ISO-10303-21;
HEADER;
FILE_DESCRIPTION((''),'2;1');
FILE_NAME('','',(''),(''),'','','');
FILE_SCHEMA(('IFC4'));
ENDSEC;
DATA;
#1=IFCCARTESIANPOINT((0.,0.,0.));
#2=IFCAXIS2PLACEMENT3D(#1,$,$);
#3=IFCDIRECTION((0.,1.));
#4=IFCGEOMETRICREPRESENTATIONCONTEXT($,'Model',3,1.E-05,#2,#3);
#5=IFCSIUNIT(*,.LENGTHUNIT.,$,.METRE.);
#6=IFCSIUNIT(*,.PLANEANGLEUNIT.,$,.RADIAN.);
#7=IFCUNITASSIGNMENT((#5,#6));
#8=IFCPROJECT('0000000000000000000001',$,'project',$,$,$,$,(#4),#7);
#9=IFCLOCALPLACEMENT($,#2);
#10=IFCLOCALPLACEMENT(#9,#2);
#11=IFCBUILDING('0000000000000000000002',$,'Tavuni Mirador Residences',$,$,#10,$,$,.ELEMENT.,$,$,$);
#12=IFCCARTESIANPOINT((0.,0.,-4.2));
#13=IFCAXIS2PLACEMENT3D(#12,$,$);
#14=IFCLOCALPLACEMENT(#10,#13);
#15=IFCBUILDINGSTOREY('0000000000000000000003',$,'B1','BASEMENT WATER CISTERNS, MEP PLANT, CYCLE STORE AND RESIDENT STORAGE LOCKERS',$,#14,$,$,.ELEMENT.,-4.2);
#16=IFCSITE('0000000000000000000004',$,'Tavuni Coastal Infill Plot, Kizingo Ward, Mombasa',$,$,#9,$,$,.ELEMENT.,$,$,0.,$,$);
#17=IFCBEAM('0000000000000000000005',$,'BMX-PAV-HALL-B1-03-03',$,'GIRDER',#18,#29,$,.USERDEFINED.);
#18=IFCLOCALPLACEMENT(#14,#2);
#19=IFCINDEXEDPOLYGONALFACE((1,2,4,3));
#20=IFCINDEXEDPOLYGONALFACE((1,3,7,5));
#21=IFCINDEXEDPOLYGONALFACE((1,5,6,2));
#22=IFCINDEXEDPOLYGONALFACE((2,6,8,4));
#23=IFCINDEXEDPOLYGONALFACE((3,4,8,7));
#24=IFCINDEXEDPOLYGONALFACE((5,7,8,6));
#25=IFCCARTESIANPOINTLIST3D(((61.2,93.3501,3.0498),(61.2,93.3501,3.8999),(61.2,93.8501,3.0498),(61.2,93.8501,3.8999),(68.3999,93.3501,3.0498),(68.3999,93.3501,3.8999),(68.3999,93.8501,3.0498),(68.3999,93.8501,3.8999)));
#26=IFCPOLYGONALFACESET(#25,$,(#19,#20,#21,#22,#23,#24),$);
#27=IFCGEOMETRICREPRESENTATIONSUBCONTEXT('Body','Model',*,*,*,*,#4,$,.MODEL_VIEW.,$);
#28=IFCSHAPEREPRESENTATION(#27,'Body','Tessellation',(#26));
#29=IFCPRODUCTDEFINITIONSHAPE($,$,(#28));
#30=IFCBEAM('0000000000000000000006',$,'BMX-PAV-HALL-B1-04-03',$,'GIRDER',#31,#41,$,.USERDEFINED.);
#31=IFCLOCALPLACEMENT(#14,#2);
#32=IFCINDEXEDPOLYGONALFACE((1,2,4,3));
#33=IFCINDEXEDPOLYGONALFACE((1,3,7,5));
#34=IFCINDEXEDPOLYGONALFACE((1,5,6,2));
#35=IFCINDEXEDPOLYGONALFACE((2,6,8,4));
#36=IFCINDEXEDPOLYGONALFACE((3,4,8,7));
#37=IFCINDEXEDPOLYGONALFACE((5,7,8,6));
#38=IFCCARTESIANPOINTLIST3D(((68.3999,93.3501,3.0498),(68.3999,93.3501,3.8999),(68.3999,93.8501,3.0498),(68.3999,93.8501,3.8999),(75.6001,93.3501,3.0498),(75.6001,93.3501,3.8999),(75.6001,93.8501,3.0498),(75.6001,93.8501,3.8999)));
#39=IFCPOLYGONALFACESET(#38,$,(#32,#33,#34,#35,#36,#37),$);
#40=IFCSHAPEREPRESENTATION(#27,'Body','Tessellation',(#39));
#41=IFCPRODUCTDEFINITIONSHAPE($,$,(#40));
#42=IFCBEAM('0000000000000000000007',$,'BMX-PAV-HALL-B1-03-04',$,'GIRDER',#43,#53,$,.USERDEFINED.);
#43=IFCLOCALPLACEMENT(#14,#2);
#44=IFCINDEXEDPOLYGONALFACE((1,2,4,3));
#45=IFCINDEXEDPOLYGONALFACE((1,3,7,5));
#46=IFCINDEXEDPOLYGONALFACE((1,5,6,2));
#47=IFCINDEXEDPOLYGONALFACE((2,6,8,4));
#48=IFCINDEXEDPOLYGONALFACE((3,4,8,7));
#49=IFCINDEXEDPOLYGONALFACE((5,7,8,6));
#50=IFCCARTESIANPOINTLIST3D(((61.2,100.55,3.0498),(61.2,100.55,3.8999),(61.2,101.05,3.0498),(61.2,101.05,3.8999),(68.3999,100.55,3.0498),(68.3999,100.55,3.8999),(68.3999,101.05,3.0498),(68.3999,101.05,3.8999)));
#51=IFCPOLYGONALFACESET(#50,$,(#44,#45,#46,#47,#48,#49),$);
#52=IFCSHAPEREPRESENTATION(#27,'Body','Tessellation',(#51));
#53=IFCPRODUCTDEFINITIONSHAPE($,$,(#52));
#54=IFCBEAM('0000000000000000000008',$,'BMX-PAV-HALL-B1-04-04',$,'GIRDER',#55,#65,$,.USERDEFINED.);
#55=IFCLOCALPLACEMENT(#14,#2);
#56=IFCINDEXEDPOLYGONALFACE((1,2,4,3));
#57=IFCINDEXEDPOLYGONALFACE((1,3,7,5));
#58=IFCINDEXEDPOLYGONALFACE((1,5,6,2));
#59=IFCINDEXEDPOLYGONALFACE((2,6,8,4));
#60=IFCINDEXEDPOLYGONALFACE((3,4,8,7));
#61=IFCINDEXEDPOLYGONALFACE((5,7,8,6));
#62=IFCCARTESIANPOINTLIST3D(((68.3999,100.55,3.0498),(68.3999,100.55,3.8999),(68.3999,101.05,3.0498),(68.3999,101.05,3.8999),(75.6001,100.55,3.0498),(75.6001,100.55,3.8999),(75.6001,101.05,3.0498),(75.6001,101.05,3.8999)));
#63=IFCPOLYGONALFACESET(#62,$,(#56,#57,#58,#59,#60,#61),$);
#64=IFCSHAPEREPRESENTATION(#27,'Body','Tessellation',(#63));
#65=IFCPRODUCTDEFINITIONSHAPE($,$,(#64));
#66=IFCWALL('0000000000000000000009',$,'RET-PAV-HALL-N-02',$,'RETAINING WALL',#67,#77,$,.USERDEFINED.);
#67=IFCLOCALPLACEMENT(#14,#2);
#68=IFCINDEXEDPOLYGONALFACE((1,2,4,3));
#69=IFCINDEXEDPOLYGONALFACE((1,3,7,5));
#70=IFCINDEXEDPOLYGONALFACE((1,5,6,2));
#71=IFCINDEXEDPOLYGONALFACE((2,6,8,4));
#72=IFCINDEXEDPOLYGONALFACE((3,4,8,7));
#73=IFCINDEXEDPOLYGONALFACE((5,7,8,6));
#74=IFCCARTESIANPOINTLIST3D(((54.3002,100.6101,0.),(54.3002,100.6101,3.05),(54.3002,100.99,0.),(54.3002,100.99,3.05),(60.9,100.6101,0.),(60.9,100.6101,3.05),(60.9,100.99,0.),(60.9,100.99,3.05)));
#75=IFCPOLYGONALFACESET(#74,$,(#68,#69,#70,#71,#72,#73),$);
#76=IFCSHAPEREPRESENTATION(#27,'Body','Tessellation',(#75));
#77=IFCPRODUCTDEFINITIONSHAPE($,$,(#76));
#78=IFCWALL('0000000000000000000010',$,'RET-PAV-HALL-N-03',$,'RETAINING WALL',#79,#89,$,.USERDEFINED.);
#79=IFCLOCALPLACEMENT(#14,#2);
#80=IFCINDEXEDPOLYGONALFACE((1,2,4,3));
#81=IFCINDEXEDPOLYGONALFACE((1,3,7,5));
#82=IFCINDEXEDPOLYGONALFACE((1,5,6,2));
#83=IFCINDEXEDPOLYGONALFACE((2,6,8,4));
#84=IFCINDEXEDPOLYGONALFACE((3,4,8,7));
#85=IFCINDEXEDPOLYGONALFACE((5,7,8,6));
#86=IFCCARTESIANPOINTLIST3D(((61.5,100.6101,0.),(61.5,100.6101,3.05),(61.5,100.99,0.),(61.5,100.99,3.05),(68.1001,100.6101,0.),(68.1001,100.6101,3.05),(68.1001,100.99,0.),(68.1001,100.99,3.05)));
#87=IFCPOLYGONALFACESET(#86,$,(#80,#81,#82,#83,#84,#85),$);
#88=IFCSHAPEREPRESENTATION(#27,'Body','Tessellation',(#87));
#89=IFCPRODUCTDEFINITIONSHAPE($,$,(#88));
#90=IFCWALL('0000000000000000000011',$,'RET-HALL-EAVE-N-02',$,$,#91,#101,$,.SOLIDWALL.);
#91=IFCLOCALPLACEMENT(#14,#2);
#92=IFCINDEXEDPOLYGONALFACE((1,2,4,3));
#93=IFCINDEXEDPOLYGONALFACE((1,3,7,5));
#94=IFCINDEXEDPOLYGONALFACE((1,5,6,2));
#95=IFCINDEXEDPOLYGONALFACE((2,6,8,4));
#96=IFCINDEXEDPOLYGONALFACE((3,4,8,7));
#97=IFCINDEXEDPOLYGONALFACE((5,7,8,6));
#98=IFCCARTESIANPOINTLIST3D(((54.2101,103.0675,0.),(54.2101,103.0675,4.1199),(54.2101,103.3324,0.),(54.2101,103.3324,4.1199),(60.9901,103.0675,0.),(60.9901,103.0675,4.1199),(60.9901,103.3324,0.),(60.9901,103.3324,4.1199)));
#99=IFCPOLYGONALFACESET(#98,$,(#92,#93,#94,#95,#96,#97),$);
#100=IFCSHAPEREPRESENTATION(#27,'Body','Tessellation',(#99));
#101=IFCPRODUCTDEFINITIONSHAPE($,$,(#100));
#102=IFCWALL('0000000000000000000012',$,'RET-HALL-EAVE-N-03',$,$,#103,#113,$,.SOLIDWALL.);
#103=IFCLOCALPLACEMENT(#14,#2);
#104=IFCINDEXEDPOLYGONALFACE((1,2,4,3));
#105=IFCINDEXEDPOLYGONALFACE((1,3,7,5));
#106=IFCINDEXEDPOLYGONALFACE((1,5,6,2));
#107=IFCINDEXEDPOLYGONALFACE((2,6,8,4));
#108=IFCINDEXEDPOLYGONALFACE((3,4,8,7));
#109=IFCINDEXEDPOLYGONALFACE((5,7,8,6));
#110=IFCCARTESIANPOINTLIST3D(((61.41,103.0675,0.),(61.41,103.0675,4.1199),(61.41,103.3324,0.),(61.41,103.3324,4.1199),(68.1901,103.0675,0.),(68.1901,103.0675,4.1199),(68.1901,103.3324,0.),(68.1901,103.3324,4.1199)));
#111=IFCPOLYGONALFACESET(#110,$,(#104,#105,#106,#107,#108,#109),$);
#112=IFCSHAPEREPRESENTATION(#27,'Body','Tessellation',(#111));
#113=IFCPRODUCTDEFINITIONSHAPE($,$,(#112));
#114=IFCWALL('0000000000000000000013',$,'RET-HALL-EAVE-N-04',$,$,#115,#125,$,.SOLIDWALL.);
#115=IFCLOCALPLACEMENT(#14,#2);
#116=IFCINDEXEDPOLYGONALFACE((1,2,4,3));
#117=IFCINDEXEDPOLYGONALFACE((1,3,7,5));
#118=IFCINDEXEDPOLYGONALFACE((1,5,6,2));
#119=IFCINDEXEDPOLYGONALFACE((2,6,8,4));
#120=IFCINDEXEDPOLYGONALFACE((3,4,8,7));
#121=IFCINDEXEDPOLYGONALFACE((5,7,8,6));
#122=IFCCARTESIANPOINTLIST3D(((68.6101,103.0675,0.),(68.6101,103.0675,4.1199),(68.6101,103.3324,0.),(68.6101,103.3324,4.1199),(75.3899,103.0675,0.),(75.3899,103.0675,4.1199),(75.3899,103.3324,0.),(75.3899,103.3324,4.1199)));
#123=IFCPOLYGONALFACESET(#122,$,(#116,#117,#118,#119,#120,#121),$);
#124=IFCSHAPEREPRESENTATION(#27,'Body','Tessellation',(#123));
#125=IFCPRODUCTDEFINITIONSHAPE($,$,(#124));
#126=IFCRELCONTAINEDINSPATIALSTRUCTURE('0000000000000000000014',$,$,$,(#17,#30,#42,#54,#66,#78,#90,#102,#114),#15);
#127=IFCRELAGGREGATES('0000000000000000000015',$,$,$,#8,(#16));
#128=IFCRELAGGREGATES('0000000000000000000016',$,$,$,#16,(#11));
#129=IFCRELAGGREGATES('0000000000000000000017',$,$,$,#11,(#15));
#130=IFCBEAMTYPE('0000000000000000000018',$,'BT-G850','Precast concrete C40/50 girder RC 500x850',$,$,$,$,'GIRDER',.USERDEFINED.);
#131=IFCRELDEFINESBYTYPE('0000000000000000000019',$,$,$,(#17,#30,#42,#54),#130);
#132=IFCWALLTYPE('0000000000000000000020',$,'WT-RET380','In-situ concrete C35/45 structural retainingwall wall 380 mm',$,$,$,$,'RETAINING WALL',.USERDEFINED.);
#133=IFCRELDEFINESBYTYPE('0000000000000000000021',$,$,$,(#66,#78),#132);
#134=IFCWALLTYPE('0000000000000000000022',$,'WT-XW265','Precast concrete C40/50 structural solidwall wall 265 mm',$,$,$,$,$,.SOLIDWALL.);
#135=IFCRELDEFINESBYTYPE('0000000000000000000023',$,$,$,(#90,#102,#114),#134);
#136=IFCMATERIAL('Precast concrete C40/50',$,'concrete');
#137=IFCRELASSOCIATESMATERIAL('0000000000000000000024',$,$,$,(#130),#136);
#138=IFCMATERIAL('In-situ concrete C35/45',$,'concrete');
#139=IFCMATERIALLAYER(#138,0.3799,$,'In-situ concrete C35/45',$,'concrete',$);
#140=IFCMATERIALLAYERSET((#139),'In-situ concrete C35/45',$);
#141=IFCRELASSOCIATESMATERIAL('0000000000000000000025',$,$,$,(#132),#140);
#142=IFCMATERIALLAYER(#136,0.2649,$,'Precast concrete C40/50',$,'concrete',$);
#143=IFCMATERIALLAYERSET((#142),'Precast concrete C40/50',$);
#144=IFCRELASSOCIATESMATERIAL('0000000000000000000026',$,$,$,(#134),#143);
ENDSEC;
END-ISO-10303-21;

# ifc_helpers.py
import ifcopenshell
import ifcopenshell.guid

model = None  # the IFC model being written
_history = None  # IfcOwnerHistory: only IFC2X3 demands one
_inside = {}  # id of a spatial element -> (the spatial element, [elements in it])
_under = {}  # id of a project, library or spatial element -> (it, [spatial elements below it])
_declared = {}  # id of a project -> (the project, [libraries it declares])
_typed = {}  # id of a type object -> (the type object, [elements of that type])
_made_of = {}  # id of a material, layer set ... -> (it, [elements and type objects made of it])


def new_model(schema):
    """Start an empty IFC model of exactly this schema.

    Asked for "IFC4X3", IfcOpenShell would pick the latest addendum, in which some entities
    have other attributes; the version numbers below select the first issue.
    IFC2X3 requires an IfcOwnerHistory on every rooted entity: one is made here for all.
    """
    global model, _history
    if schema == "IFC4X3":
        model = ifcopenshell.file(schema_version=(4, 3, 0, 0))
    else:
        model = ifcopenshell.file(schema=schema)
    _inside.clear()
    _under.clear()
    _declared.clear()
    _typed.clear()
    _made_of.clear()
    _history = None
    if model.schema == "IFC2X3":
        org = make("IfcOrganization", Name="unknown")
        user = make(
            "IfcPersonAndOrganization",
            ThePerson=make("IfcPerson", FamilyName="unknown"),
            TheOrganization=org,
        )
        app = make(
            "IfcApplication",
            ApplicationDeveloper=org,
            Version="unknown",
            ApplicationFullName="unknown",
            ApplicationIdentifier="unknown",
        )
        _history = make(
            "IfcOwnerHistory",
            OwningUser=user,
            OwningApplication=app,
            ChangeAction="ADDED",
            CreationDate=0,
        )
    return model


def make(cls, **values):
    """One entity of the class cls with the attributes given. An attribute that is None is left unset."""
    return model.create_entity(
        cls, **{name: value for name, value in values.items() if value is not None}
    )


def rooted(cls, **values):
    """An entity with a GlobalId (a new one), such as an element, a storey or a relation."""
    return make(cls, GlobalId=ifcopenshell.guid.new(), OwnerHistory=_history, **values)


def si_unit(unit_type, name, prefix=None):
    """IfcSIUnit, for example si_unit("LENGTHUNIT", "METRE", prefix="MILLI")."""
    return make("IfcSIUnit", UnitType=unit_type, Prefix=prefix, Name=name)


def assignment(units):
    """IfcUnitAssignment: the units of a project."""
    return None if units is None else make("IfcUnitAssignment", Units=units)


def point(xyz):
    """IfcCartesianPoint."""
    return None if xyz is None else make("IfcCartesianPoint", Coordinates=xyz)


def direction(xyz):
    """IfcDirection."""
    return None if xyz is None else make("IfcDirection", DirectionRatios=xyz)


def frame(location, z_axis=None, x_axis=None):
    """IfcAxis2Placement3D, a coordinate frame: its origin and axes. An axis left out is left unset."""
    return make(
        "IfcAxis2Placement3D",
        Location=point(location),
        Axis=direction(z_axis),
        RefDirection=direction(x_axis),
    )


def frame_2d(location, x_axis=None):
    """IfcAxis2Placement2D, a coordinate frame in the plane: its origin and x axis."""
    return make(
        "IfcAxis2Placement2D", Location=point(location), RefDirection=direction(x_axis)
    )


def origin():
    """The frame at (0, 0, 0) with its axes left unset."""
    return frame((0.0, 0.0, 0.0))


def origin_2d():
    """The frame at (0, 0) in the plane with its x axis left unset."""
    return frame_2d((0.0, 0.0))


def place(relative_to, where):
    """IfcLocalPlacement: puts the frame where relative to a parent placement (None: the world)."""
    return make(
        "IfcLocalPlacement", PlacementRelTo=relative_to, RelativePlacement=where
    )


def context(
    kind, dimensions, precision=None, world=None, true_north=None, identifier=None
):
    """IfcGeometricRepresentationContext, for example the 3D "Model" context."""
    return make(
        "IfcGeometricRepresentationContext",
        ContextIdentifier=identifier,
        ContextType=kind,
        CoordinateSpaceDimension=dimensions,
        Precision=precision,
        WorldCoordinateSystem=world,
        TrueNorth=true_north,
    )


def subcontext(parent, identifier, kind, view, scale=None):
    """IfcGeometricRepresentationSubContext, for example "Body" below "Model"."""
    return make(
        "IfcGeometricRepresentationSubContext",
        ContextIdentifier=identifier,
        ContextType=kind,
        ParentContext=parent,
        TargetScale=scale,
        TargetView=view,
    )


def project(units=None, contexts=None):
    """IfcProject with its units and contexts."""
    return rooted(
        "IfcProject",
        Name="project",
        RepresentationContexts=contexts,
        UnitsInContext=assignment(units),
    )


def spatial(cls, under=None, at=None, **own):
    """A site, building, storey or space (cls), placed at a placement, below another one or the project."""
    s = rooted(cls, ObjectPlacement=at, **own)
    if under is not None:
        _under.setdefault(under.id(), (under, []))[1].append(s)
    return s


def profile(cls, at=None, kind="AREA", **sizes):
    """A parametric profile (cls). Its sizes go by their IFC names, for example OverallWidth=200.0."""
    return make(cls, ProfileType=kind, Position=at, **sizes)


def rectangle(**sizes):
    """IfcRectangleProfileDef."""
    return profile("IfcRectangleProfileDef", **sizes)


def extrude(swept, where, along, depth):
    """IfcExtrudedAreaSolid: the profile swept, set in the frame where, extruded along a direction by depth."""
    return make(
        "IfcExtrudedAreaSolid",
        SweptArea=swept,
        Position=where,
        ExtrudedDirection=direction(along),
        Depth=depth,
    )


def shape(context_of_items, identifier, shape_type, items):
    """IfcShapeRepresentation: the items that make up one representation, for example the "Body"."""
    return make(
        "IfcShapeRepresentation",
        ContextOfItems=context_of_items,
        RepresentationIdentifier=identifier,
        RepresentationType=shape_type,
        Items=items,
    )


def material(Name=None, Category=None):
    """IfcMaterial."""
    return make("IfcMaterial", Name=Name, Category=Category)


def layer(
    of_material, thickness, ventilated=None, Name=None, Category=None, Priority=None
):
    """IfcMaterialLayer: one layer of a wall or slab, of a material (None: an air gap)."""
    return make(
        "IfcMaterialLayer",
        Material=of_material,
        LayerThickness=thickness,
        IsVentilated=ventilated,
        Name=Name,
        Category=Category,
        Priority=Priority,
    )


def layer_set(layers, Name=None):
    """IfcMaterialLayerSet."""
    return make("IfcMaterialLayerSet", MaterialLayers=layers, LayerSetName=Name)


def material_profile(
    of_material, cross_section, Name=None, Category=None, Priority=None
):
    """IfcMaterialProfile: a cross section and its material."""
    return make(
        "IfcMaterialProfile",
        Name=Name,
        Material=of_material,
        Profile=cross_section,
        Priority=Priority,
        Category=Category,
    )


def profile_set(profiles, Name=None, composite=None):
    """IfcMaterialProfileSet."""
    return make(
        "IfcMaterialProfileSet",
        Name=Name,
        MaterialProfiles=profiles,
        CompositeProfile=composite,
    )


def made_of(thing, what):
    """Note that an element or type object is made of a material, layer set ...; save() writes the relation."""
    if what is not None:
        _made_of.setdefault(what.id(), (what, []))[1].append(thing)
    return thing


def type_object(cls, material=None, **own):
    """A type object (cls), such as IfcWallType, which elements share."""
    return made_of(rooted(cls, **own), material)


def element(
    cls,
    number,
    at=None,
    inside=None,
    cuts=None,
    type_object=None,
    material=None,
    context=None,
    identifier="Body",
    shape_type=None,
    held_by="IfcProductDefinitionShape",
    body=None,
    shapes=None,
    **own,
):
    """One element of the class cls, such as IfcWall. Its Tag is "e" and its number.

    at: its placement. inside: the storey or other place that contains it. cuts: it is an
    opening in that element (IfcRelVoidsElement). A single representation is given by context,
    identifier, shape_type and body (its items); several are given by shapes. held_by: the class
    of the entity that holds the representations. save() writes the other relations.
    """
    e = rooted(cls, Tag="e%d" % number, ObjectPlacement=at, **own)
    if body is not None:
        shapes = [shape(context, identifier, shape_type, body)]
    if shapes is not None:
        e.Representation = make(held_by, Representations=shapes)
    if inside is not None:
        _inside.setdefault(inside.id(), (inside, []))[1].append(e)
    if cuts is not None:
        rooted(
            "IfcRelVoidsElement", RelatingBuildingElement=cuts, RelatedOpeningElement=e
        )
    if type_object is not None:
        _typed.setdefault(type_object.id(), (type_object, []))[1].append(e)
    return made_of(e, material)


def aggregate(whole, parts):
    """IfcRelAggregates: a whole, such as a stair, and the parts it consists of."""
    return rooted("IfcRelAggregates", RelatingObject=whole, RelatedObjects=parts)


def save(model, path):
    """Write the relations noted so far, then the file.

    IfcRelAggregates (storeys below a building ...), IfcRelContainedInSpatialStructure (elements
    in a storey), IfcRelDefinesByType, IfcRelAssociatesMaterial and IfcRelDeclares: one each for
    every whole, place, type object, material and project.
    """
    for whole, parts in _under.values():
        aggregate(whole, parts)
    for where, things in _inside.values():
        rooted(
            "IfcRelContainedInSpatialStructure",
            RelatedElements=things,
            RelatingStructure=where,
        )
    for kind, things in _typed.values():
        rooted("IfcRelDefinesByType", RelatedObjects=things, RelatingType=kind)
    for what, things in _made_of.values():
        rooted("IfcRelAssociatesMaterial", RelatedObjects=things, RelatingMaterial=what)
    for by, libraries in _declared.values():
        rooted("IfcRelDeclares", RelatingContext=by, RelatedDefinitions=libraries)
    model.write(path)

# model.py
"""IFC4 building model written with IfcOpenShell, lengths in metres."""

from ifc_helpers import new_model, si_unit, direction, frame, frame_2d, origin, origin_2d, place, context, subcontext, project, spatial, rectangle, extrude, material, layer, layer_set, material_profile, profile_set, type_object, element, save


model = new_model("IFC4")

# Units and contexts
model_context = context("Model", 3, precision=1e-05, world=origin(), true_north=direction((0.0, 1.0)))
body_context = subcontext(model_context, "Body", "Model", "MODEL_VIEW")
ifc_project = project(units=[si_unit("LENGTHUNIT", "METRE"), si_unit("PLANEANGLEUNIT", "RADIAN")], contexts=[model_context])

# Site, building, storey
site_placement = place(None, origin())
site = spatial("IfcSite", under=ifc_project, at=site_placement, Name="Tavuni Coastal Infill Plot, Kizingo Ward, Mombasa", CompositionType="ELEMENT", RefElevation=0.0)
building_placement = place(site_placement, origin())
building = spatial("IfcBuilding", under=site, at=building_placement, Name="Tavuni Mirador Residences", CompositionType="ELEMENT")
storey_placement = place(building_placement, frame((0.0, 0.0, -4.2)))
storey = spatial("IfcBuildingStorey", under=building, at=storey_placement, Name="B1", Description="BASEMENT WATER CISTERNS, MEP PLANT, CYCLE STORE AND RESIDENT STORAGE LOCKERS", CompositionType="ELEMENT", Elevation=-4.2)

# Shared definitions
ifc_material_1 = material(Name="In-situ concrete C35/45", Category="concrete")

# Shared definitions
ifc_material_2 = material(Name="Precast concrete C40/50", Category="concrete")

# Beams
ifc_material_profile_1 = material_profile(ifc_material_2, rectangle(XDim=0.5, YDim=0.8501, at=origin_2d()), Name="RC 500x850", Category="concrete")
ifc_profile_set_1 = profile_set([ifc_material_profile_1], Name="Precast concrete C40/50")
beam_type_1 = type_object("IfcBeamType", Name="BT-G850", Description="Precast concrete C40/50 girder RC 500x850", ElementType="GIRDER", PredefinedType="USERDEFINED", material=ifc_profile_set_1)
beam_1_placement = place(storey_placement, frame((61.2, 93.6001, 3.4749), z_axis=(1.0, 0.0, 0.0), x_axis=(0.0, 1.0, 0.0)))
element("IfcBeam", 1, at=beam_1_placement, inside=storey, type_object=beam_type_1, Name="BMX-PAV-HALL-B1-03-03", ObjectType="GIRDER", PredefinedType="USERDEFINED", context=body_context, shape_type="SweptSolid", body=[
    extrude(rectangle(XDim=0.5, YDim=0.8501, at=origin_2d()), origin(), (0.0, 0.0, 1.0), 7.2),
])
beam_2_placement = place(storey_placement, frame((68.3999, 93.6001, 3.4749), z_axis=(1.0, 0.0, 0.0), x_axis=(0.0, 1.0, 0.0)))
element("IfcBeam", 2, at=beam_2_placement, inside=storey, type_object=beam_type_1, Name="BMX-PAV-HALL-B1-04-03", ObjectType="GIRDER", PredefinedType="USERDEFINED", context=body_context, shape_type="SweptSolid", body=[
    extrude(rectangle(XDim=0.5, YDim=0.8501, at=origin_2d()), origin(), (0.0, 0.0, 1.0), 7.2002),
])
beam_3_placement = place(storey_placement, frame((61.2, 100.8, 3.4749), z_axis=(1.0, 0.0, 0.0), x_axis=(0.0, 1.0, 0.0)))
element("IfcBeam", 3, at=beam_3_placement, inside=storey, type_object=beam_type_1, Name="BMX-PAV-HALL-B1-03-04", ObjectType="GIRDER", PredefinedType="USERDEFINED", context=body_context, shape_type="SweptSolid", body=[
    extrude(rectangle(XDim=0.5, YDim=0.8501, at=origin_2d()), origin(), (0.0, 0.0, 1.0), 7.2),
])
beam_4_placement = place(storey_placement, frame((68.3999, 100.8, 3.4749), z_axis=(1.0, 0.0, 0.0), x_axis=(0.0, 1.0, 0.0)))
element("IfcBeam", 4, at=beam_4_placement, inside=storey, type_object=beam_type_1, Name="BMX-PAV-HALL-B1-04-04", ObjectType="GIRDER", PredefinedType="USERDEFINED", context=body_context, shape_type="SweptSolid", body=[
    extrude(rectangle(XDim=0.5, YDim=0.8501, at=origin_2d()), origin(), (0.0, 0.0, 1.0), 7.2002),
])

# Walls
ifc_layer_1 = layer(ifc_material_1, 0.3799, Name="In-situ concrete C35/45", Category="concrete")
ifc_layer_set_1 = layer_set([ifc_layer_1], Name="In-situ concrete C35/45")
wall_type_1 = type_object("IfcWallType", Name="WT-RET380", Description="In-situ concrete C35/45 structural retainingwall wall 380 mm", ElementType="RETAINING WALL", PredefinedType="USERDEFINED", material=ifc_layer_set_1)
wall_1_placement = place(storey_placement, frame((60.8999, 100.8, 0.0), z_axis=(0.0, 0.0, 1.0), x_axis=(-1.0, 0.0, 0.0)))
element("IfcWall", 5, at=wall_1_placement, inside=storey, type_object=wall_type_1, Name="RET-PAV-HALL-N-02", ObjectType="RETAINING WALL", PredefinedType="USERDEFINED", context=body_context, shape_type="SweptSolid", body=[
    extrude(rectangle(XDim=6.5999, YDim=0.3799, at=frame_2d((3.2998, 0.0))), origin(), (0.0, 0.0, 1.0), 3.05),
])
wall_2_placement = place(storey_placement, frame((68.1001, 100.8, 0.0), z_axis=(0.0, 0.0, 1.0), x_axis=(-1.0, 0.0, 0.0)))
element("IfcWall", 6, at=wall_2_placement, inside=storey, type_object=wall_type_1, Name="RET-PAV-HALL-N-03", ObjectType="RETAINING WALL", PredefinedType="USERDEFINED", context=body_context, shape_type="SweptSolid", body=[
    extrude(rectangle(XDim=6.6001, YDim=0.3799, at=frame_2d((3.3, 0.0))), origin(), (0.0, 0.0, 1.0), 3.05),
])
ifc_layer_2 = layer(ifc_material_2, 0.2649, Name="Precast concrete C40/50", Category="concrete")
ifc_layer_set_2 = layer_set([ifc_layer_2], Name="Precast concrete C40/50")
wall_type_2 = type_object("IfcWallType", Name="WT-XW265", Description="Precast concrete C40/50 structural solidwall wall 265 mm", PredefinedType="SOLIDWALL", material=ifc_layer_set_2)
for number, where, z_axis, x_axis, name in (
    (7, (54.21, 103.2, 0.0), (0.0, 0.0, 1.0), (1.0, 0.0, 0.0), "RET-HALL-EAVE-N-02"),
    (8, (61.4099, 103.2, 0.0), (0.0, 0.0, 1.0), (1.0, 0.0, 0.0), "RET-HALL-EAVE-N-03"),
):
    element("IfcWall", number, at=place(storey_placement, frame(where, z_axis=z_axis, x_axis=x_axis)), inside=storey, type_object=wall_type_2, Name=name, PredefinedType="SOLIDWALL", context=body_context, shape_type="SweptSolid", body=[
        extrude(rectangle(XDim=6.78, YDim=0.2649, at=frame_2d((3.3901, 0.0))), origin(), (0.0, 0.0, 1.0), 4.1199),
    ])
wall_3_placement = place(storey_placement, frame((68.6101, 103.2, 0.0), z_axis=(0.0, 0.0, 1.0), x_axis=(1.0, 0.0, 0.0)))
element("IfcWall", 9, at=wall_3_placement, inside=storey, type_object=wall_type_2, Name="RET-HALL-EAVE-N-04", PredefinedType="SOLIDWALL", context=body_context, shape_type="SweptSolid", body=[
    extrude(rectangle(XDim=6.7798, YDim=0.2649, at=frame_2d((3.3899, 0.0))), origin(), (0.0, 0.0, 1.0), 4.1199),
])

save(model, "model.ifc")
